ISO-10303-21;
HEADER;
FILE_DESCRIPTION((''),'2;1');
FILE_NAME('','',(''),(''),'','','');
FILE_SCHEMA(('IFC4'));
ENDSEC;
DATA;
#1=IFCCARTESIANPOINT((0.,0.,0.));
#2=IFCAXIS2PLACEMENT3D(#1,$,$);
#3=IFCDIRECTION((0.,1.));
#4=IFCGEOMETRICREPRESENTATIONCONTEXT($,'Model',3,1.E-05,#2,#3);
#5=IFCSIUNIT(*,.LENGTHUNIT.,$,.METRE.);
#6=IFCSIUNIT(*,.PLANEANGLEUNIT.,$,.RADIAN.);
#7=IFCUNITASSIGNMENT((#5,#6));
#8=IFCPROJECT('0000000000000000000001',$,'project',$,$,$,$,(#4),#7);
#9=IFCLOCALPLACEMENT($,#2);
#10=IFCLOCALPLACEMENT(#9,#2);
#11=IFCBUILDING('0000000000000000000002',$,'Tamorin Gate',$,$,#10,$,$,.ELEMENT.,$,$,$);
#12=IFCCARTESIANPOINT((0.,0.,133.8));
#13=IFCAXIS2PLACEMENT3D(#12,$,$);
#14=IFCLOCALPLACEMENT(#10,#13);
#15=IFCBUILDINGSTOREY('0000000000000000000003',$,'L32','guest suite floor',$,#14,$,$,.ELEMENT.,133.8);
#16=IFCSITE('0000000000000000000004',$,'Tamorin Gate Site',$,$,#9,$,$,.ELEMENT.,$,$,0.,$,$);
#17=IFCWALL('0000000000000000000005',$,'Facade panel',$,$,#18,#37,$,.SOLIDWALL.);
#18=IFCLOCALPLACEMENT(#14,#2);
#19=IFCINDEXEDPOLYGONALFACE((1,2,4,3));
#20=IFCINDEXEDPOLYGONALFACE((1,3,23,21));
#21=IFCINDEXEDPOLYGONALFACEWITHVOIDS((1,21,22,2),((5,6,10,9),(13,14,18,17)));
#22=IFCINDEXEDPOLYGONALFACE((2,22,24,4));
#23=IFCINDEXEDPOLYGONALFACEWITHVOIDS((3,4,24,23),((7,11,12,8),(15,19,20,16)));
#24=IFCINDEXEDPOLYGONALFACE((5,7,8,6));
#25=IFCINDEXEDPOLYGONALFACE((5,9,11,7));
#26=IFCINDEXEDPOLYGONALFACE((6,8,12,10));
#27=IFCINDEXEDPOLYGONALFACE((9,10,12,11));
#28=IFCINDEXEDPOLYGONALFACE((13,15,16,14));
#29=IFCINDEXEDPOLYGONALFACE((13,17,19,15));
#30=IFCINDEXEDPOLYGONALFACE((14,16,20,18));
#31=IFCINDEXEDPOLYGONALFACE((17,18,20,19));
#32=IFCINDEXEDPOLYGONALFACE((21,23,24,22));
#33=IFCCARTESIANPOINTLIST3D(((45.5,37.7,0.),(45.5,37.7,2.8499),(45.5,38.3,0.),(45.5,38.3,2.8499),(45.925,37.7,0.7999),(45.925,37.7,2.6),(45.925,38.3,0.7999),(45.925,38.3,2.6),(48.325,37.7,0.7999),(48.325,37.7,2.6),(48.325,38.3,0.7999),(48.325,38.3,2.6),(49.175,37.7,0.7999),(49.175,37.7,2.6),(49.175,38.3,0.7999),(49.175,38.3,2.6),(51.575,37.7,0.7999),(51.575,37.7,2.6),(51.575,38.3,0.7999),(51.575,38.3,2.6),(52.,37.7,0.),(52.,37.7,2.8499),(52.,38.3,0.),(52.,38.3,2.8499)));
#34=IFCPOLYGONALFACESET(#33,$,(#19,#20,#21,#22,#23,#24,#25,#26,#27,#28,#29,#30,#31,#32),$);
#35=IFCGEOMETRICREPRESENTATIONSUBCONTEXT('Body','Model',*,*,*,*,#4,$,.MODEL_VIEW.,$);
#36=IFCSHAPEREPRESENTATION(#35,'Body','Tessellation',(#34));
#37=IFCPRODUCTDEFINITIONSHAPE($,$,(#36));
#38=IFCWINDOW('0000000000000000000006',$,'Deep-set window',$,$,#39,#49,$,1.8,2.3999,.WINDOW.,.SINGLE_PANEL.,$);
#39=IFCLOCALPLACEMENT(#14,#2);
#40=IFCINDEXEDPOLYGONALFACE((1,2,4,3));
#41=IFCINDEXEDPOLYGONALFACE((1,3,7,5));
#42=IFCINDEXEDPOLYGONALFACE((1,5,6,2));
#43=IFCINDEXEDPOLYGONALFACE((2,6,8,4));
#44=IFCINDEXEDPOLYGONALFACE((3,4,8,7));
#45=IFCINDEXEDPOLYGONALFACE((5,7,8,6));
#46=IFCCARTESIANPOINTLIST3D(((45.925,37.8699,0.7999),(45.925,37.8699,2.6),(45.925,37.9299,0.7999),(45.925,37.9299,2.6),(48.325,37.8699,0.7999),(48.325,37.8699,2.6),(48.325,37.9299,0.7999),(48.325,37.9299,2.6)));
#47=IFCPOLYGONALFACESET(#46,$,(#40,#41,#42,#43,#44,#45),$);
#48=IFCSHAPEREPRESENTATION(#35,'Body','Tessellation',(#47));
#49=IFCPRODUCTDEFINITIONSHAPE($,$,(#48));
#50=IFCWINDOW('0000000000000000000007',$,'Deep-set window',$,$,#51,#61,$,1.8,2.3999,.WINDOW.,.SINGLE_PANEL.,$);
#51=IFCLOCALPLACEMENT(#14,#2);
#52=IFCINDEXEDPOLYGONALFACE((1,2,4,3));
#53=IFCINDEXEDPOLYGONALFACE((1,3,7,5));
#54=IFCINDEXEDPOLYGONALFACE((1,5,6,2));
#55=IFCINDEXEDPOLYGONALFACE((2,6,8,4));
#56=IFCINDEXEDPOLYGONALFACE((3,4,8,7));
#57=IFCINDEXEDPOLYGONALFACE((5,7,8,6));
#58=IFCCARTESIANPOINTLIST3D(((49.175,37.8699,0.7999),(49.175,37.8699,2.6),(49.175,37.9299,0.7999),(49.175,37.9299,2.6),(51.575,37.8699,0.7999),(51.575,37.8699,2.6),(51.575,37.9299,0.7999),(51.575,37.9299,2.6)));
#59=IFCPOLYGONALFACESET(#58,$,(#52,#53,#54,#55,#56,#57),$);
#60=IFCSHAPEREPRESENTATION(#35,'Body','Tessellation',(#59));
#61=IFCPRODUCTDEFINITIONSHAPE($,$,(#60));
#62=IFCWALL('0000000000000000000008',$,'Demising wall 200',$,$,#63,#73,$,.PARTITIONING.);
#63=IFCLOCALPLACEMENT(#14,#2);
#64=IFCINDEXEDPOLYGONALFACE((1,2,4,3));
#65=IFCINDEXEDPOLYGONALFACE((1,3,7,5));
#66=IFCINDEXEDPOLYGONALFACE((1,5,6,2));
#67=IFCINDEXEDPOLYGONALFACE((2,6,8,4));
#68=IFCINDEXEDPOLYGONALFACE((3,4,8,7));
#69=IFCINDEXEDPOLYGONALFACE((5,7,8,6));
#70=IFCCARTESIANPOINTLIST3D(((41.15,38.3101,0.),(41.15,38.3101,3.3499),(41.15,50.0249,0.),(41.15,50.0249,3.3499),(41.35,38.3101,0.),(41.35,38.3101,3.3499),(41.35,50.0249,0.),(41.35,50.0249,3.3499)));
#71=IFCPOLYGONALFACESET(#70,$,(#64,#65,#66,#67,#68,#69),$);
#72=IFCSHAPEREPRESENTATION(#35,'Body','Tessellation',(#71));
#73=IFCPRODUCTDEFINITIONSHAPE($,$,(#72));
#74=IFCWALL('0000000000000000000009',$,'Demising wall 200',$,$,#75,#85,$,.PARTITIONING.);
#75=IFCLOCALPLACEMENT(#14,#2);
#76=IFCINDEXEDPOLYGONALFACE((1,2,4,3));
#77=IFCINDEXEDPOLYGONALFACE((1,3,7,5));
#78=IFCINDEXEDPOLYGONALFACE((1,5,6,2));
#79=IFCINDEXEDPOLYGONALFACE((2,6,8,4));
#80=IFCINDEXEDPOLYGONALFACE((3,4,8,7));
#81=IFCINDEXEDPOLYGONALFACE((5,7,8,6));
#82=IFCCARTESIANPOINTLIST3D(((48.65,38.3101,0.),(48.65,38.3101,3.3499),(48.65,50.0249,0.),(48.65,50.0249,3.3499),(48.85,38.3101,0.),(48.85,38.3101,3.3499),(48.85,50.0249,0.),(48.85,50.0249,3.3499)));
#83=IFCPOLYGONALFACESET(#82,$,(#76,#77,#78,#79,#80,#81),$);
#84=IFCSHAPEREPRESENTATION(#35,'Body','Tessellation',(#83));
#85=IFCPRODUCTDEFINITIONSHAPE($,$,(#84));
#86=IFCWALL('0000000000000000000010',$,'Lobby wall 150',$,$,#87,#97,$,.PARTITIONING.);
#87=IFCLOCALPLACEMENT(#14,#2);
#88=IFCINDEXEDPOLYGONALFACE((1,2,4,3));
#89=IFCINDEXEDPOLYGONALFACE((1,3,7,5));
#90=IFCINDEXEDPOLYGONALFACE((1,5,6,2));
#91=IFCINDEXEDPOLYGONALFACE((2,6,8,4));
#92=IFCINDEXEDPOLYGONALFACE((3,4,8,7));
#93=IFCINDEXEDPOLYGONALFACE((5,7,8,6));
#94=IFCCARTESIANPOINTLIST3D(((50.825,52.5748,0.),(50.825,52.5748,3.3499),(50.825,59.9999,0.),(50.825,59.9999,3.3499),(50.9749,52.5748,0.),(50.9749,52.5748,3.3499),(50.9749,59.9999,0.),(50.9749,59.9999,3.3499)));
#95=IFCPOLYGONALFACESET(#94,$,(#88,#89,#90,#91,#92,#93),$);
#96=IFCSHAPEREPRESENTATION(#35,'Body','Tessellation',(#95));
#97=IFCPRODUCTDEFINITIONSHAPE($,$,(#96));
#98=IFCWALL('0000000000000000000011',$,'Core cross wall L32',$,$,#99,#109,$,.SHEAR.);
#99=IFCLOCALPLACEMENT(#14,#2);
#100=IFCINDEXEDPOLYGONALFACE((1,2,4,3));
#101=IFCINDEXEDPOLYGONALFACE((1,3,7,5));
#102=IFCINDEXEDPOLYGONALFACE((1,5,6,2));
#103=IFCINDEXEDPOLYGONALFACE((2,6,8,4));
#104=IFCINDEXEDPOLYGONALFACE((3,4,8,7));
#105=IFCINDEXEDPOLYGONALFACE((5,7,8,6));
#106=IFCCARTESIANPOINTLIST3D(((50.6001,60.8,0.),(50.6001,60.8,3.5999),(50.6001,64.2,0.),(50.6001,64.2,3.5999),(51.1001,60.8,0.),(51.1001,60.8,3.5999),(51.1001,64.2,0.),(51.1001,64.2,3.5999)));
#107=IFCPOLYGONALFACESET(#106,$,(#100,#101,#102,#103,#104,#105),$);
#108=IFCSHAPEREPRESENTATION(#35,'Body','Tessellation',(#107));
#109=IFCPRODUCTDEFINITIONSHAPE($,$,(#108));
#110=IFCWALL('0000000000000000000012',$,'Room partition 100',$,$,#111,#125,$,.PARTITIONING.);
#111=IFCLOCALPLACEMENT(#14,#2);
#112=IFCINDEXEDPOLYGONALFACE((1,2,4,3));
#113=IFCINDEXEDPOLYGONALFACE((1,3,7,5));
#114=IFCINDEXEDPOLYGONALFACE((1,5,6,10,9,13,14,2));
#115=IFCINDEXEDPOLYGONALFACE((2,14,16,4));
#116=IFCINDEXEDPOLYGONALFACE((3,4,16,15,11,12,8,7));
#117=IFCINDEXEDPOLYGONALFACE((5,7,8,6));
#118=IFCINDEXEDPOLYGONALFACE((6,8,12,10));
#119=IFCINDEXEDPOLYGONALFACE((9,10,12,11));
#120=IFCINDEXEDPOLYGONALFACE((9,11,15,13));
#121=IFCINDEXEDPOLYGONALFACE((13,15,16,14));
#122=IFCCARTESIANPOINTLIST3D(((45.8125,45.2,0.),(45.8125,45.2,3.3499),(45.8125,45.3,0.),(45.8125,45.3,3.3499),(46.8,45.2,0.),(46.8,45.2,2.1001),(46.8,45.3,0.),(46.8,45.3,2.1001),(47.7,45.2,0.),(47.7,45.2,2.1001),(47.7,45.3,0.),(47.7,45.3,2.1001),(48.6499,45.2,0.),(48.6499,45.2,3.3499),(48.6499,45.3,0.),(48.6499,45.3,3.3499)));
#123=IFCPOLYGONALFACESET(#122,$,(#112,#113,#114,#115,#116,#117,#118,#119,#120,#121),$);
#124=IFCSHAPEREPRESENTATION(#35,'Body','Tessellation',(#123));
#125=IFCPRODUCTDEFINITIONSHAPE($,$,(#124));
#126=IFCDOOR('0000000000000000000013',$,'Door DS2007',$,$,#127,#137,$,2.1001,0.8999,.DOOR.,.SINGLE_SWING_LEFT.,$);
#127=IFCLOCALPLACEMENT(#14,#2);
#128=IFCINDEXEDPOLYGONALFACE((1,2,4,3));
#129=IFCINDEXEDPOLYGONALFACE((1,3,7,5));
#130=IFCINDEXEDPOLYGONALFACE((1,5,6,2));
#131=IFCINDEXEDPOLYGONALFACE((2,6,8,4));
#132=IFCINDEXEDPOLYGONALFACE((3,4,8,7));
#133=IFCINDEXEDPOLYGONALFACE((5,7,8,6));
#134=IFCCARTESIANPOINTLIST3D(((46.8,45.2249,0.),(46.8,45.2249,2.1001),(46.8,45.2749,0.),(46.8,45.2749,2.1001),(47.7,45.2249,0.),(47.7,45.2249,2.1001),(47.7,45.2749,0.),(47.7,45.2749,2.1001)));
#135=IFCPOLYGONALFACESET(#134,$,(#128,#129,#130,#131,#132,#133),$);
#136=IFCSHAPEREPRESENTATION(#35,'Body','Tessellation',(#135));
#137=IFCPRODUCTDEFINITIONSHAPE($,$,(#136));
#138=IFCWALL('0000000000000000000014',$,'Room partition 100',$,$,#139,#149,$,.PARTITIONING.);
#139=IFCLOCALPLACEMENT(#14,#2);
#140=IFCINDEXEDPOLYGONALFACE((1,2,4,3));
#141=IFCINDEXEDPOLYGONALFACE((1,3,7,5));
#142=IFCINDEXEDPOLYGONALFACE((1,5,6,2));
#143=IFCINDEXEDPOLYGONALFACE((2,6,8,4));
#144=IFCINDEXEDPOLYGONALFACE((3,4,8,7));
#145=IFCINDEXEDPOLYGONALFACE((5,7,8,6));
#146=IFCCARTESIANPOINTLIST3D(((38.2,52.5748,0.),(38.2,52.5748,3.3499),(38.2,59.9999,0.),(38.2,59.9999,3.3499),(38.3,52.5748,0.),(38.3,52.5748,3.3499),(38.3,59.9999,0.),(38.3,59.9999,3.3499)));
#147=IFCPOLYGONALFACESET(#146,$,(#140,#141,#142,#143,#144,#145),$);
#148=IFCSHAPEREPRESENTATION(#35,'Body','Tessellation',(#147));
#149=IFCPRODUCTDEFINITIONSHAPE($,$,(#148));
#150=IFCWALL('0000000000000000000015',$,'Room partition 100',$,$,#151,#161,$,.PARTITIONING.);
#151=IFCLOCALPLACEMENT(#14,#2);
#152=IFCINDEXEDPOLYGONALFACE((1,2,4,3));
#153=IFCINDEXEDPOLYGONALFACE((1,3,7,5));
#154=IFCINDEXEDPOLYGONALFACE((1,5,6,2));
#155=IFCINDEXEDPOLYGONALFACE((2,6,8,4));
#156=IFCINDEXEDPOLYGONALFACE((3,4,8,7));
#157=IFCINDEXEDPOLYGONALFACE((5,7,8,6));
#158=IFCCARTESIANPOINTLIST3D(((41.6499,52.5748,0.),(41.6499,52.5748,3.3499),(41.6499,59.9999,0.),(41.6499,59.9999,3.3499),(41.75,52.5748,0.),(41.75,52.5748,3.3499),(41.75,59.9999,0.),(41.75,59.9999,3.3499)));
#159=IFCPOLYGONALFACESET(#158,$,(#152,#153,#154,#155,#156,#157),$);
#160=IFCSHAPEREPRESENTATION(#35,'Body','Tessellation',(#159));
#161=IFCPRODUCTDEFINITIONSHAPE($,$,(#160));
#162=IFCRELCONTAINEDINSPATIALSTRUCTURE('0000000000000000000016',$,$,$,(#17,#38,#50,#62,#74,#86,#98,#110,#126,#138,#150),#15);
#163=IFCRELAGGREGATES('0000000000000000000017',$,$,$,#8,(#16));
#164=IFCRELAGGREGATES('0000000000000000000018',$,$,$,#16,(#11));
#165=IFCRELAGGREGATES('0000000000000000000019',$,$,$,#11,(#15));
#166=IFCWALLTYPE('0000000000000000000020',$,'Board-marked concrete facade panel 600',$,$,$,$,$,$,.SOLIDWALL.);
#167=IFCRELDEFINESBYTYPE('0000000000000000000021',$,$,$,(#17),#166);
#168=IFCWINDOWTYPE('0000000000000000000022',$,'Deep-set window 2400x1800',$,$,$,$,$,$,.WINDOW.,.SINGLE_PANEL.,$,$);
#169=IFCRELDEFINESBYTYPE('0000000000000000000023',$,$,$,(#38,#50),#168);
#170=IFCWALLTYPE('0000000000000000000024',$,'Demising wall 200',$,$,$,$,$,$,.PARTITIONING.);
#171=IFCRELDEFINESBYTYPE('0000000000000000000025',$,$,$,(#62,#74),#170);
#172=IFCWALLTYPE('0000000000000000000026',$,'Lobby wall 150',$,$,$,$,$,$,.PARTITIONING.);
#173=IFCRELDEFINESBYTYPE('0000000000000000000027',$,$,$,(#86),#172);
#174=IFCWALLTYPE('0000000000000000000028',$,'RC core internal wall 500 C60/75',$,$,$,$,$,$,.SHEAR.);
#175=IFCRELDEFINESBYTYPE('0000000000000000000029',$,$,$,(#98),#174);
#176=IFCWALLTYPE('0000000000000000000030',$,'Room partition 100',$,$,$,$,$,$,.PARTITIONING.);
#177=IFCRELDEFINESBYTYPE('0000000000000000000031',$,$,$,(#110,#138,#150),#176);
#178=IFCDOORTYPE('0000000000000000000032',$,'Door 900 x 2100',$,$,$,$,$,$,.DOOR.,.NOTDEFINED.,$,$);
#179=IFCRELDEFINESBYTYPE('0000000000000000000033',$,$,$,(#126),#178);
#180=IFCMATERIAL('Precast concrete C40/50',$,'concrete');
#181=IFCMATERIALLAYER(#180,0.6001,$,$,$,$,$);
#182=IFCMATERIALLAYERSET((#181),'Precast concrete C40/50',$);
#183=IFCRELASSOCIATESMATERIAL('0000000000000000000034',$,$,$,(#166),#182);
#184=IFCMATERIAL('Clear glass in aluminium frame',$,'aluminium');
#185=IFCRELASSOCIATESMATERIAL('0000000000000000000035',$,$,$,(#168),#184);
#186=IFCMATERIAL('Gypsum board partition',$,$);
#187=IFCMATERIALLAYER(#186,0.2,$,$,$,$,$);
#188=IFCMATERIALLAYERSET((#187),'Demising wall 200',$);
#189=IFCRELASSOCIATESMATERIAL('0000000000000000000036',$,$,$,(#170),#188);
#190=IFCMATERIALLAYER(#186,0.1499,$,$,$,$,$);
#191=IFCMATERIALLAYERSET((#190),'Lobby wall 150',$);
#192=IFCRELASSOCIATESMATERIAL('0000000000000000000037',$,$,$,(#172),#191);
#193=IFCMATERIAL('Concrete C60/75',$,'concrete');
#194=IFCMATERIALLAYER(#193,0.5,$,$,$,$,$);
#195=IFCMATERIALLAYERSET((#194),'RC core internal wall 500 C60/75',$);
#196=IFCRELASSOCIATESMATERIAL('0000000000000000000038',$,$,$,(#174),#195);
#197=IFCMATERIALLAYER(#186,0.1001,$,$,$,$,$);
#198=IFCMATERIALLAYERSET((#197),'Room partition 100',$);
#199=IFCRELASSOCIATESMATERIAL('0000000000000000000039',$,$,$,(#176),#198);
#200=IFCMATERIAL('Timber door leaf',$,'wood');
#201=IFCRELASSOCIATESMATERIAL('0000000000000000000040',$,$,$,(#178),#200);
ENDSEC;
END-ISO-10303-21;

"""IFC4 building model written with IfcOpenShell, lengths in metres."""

from ifc_helpers import new_model, si_unit, direction, frame, frame_2d, origin, place, context, subcontext, project, spatial, rectangle, extrude, material, layer, layer_set, type_object, element, fill, save


model = new_model("IFC4")

# Units and contexts
model_context = context("Model", 3, precision=1e-05, world=origin(), true_north=direction((0.0, 1.0)))
body_context = subcontext(model_context, "Body", "Model", "MODEL_VIEW")
ifc_project = project(units=[si_unit("LENGTHUNIT", "METRE"), si_unit("PLANEANGLEUNIT", "RADIAN")], contexts=[model_context])

# Site, building, storey
site_placement = place(None, origin())
site = spatial("IfcSite", under=ifc_project, at=site_placement, Name="Tamorin Gate Site", CompositionType="ELEMENT", RefElevation=0.0)
building_placement = place(site_placement, origin())
building = spatial("IfcBuilding", under=site, at=building_placement, Name="Tamorin Gate", CompositionType="ELEMENT")
storey_placement = place(building_placement, frame((0.0, 0.0, 133.8)))
storey = spatial("IfcBuildingStorey", under=building, at=storey_placement, Name="L32", Description="guest suite floor", CompositionType="ELEMENT", Elevation=133.8)

# Wall, openings, windows
ifc_material_1 = material(Name="Precast concrete C40/50", Category="concrete")
ifc_layer_1 = layer(ifc_material_1, 0.6001)
ifc_layer_set_1 = layer_set([ifc_layer_1], Name="Precast concrete C40/50")
wall_type_1 = type_object("IfcWallType", Name="Board-marked concrete facade panel 600", PredefinedType="SOLIDWALL", material=ifc_layer_set_1)
ifc_material_2 = material(Name="Clear glass in aluminium frame", Category="aluminium")
window_type = type_object("IfcWindowType", Name="Deep-set window 2400x1800", PartitioningType="SINGLE_PANEL", PredefinedType="WINDOW", material=ifc_material_2)
wall_1_placement = place(storey_placement, frame((45.5, 38.0, 0.0), z_axis=(0.0, 0.0, 1.0), x_axis=(1.0, 0.0, 0.0)))
wall_1 = element("IfcWall", 1, at=wall_1_placement, inside=storey, type_object=wall_type_1, Name="Facade panel", PredefinedType="SOLIDWALL", context=body_context, shape_type="SweptSolid", body=[
    extrude(rectangle(XDim=6.5, YDim=0.6001, at=frame_2d((3.25, 0.0))), origin(), (0.0, 0.0, 1.0), 2.8499),
])
opening_1_placement = place(wall_1_placement, frame((0.425, 0.0, 0.8)))
opening_1 = element("IfcOpeningElement", 2, at=opening_1_placement, cuts=wall_1, PredefinedType="OPENING", context=body_context, shape_type="SweptSolid", body=[
    extrude(rectangle(XDim=2.3999, YDim=1.8, at=frame_2d((1.2, 0.8999))), frame((0.0, 0.3101, 0.0), z_axis=(0.0, -1.0, 0.0), x_axis=(1.0, 0.0, 0.0)), (0.0, 0.0, 1.0), 0.6201),
])
opening_2_placement = place(wall_1_placement, frame((3.675, 0.0, 0.8)))
opening_2 = element("IfcOpeningElement", 3, at=opening_2_placement, cuts=wall_1, PredefinedType="OPENING", context=body_context, shape_type="SweptSolid", body=[
    extrude(rectangle(XDim=2.3999, YDim=1.8, at=frame_2d((1.2, 0.8999))), frame((0.0, 0.3101, 0.0), z_axis=(0.0, -1.0, 0.0), x_axis=(1.0, 0.0, 0.0)), (0.0, 0.0, 1.0), 0.6201),
])
window_1_placement = place(opening_1_placement, origin())
window_1 = element("IfcWindow", 4, at=window_1_placement, inside=storey, type_object=window_type, Name="Deep-set window", OverallHeight=1.8, OverallWidth=2.3999, PartitioningType="SINGLE_PANEL", PredefinedType="WINDOW", context=body_context, shape_type="SweptSolid", body=[
    extrude(rectangle(XDim=2.3999, YDim=1.8, at=frame_2d((1.2, 0.8999))), frame((0.0, -0.0701, 0.0), z_axis=(0.0, -1.0, 0.0), x_axis=(1.0, 0.0, 0.0)), (0.0, 0.0, 1.0), 0.0601),
])
fill(opening_1, window_1)
window_2_placement = place(opening_2_placement, origin())
window_2 = element("IfcWindow", 5, at=window_2_placement, inside=storey, type_object=window_type, Name="Deep-set window", OverallHeight=1.8, OverallWidth=2.3999, PartitioningType="SINGLE_PANEL", PredefinedType="WINDOW", context=body_context, shape_type="SweptSolid", body=[
    extrude(rectangle(XDim=2.3999, YDim=1.8, at=frame_2d((1.2, 0.8999))), frame((0.0, -0.0701, 0.0), z_axis=(0.0, -1.0, 0.0), x_axis=(1.0, 0.0, 0.0)), (0.0, 0.0, 1.0), 0.0601),
])
fill(opening_2, window_2)

# Walls
ifc_material_3 = material(Name="Gypsum board partition")
ifc_layer_2 = layer(ifc_material_3, 0.2)
ifc_layer_set_2 = layer_set([ifc_layer_2], Name="Demising wall 200")
wall_type_2 = type_object("IfcWallType", Name="Demising wall 200", PredefinedType="PARTITIONING", material=ifc_layer_set_2)
for number, where, z_axis, x_axis, name in (
    (6, (41.25, 38.3101, 0.0), (0.0, 0.0, 1.0), (0.0, 1.0, 0.0), "Demising wall 200"),
    (7, (48.75, 38.3101, 0.0), (0.0, 0.0, 1.0), (0.0, 1.0, 0.0), "Demising wall 200"),
):
    element("IfcWall", number, at=place(storey_placement, frame(where, z_axis=z_axis, x_axis=x_axis)), inside=storey, type_object=wall_type_2, Name=name, PredefinedType="PARTITIONING", context=body_context, shape_type="SweptSolid", body=[
        extrude(rectangle(XDim=11.7148, YDim=0.2, at=frame_2d((5.8574, 0.0))), origin(), (0.0, 0.0, 1.0), 3.3499),
    ])
ifc_layer_3 = layer(ifc_material_3, 0.1499)
ifc_layer_set_3 = layer_set([ifc_layer_3], Name="Lobby wall 150")
wall_type_3 = type_object("IfcWallType", Name="Lobby wall 150", PredefinedType="PARTITIONING", material=ifc_layer_set_3)
wall_2_placement = place(storey_placement, frame((50.8999, 52.575, 0.0), z_axis=(0.0, 0.0, 1.0), x_axis=(0.0, 1.0, 0.0)))
element("IfcWall", 8, at=wall_2_placement, inside=storey, type_object=wall_type_3, Name="Lobby wall 150", PredefinedType="PARTITIONING", context=body_context, shape_type="SweptSolid", body=[
    extrude(rectangle(XDim=7.425, YDim=0.1499, at=frame_2d((3.7124, 0.0))), origin(), (0.0, 0.0, 1.0), 3.3499),
])
ifc_material_4 = material(Name="Concrete C60/75", Category="concrete")
ifc_layer_4 = layer(ifc_material_4, 0.5)
ifc_layer_set_4 = layer_set([ifc_layer_4], Name="RC core internal wall 500 C60/75")
wall_type_4 = type_object("IfcWallType", Name="RC core internal wall 500 C60/75", PredefinedType="SHEAR", material=ifc_layer_set_4)
wall_3_placement = place(storey_placement, frame((50.8501, 60.8, 0.0), z_axis=(0.0, 0.0, 1.0), x_axis=(0.0, 1.0, 0.0)))
element("IfcWall", 9, at=wall_3_placement, inside=storey, type_object=wall_type_4, Name="Core cross wall L32", PredefinedType="SHEAR", context=body_context, shape_type="SweptSolid", body=[
    extrude(rectangle(XDim=3.3999, YDim=0.5, at=frame_2d((1.7, 0.0))), origin(), (0.0, 0.0, 1.0), 3.5999),
])

# Wall, opening, door
ifc_layer_5 = layer(ifc_material_3, 0.1001)
ifc_layer_set_5 = layer_set([ifc_layer_5], Name="Room partition 100")
wall_type_5 = type_object("IfcWallType", Name="Room partition 100", PredefinedType="PARTITIONING", material=ifc_layer_set_5)
wall_4_placement = place(storey_placement, frame((45.8125, 45.25, 0.0), z_axis=(0.0, 0.0, 1.0), x_axis=(1.0, 0.0, 0.0)))
wall_4 = element("IfcWall", 10, at=wall_4_placement, inside=storey, type_object=wall_type_5, Name="Room partition 100", PredefinedType="PARTITIONING", context=body_context, shape_type="SweptSolid", body=[
    extrude(rectangle(XDim=2.8374, YDim=0.1001, at=frame_2d((1.4187, 0.0))), origin(), (0.0, 0.0, 1.0), 3.3499),
])
opening_3_placement = place(wall_4_placement, frame((0.9875, 0.0, 0.0)))
opening_3 = element("IfcOpeningElement", 11, at=opening_3_placement, cuts=wall_4, PredefinedType="OPENING", context=body_context, shape_type="SweptSolid", body=[
    extrude(rectangle(XDim=0.8999, YDim=2.1001, at=frame_2d((0.45, 1.05))), frame((0.0, 0.0601, 0.0), z_axis=(0.0, -1.0, 0.0), x_axis=(1.0, 0.0, 0.0)), (0.0, 0.0, 1.0), 0.1201),
])
ifc_material_5 = material(Name="Timber door leaf", Category="wood")
door_type = type_object("IfcDoorType", Name="Door 900 x 2100", OperationType="NOTDEFINED", PredefinedType="DOOR", material=ifc_material_5)
door_1_placement = place(opening_3_placement, origin())
door_1 = element("IfcDoor", 12, at=door_1_placement, inside=storey, type_object=door_type, Name="Door DS2007", OperationType="SINGLE_SWING_LEFT", OverallHeight=2.1001, OverallWidth=0.8999, PredefinedType="DOOR", context=body_context, shape_type="SweptSolid", body=[
    extrude(rectangle(XDim=0.8999, YDim=2.1001, at=frame_2d((0.45, 1.05))), frame((0.0, 0.0249, 0.0), z_axis=(0.0, -1.0, 0.0), x_axis=(1.0, 0.0, 0.0)), (0.0, 0.0, 1.0), 0.05),
])
fill(opening_3, door_1)

# Walls
for number, where, z_axis, x_axis, name in (
    (13, (38.25, 52.575, 0.0), (0.0, 0.0, 1.0), (0.0, 1.0, 0.0), "Room partition 100"),
    (14, (41.7, 52.575, 0.0), (0.0, 0.0, 1.0), (0.0, 1.0, 0.0), "Room partition 100"),
):
    element("IfcWall", number, at=place(storey_placement, frame(where, z_axis=z_axis, x_axis=x_axis)), inside=storey, type_object=wall_type_5, Name=name, PredefinedType="PARTITIONING", context=body_context, shape_type="SweptSolid", body=[
        extrude(rectangle(XDim=7.425, YDim=0.1001, at=frame_2d((3.7124, 0.0))), origin(), (0.0, 0.0, 1.0), 3.3499),
    ])

save(model, "model.ifc")
